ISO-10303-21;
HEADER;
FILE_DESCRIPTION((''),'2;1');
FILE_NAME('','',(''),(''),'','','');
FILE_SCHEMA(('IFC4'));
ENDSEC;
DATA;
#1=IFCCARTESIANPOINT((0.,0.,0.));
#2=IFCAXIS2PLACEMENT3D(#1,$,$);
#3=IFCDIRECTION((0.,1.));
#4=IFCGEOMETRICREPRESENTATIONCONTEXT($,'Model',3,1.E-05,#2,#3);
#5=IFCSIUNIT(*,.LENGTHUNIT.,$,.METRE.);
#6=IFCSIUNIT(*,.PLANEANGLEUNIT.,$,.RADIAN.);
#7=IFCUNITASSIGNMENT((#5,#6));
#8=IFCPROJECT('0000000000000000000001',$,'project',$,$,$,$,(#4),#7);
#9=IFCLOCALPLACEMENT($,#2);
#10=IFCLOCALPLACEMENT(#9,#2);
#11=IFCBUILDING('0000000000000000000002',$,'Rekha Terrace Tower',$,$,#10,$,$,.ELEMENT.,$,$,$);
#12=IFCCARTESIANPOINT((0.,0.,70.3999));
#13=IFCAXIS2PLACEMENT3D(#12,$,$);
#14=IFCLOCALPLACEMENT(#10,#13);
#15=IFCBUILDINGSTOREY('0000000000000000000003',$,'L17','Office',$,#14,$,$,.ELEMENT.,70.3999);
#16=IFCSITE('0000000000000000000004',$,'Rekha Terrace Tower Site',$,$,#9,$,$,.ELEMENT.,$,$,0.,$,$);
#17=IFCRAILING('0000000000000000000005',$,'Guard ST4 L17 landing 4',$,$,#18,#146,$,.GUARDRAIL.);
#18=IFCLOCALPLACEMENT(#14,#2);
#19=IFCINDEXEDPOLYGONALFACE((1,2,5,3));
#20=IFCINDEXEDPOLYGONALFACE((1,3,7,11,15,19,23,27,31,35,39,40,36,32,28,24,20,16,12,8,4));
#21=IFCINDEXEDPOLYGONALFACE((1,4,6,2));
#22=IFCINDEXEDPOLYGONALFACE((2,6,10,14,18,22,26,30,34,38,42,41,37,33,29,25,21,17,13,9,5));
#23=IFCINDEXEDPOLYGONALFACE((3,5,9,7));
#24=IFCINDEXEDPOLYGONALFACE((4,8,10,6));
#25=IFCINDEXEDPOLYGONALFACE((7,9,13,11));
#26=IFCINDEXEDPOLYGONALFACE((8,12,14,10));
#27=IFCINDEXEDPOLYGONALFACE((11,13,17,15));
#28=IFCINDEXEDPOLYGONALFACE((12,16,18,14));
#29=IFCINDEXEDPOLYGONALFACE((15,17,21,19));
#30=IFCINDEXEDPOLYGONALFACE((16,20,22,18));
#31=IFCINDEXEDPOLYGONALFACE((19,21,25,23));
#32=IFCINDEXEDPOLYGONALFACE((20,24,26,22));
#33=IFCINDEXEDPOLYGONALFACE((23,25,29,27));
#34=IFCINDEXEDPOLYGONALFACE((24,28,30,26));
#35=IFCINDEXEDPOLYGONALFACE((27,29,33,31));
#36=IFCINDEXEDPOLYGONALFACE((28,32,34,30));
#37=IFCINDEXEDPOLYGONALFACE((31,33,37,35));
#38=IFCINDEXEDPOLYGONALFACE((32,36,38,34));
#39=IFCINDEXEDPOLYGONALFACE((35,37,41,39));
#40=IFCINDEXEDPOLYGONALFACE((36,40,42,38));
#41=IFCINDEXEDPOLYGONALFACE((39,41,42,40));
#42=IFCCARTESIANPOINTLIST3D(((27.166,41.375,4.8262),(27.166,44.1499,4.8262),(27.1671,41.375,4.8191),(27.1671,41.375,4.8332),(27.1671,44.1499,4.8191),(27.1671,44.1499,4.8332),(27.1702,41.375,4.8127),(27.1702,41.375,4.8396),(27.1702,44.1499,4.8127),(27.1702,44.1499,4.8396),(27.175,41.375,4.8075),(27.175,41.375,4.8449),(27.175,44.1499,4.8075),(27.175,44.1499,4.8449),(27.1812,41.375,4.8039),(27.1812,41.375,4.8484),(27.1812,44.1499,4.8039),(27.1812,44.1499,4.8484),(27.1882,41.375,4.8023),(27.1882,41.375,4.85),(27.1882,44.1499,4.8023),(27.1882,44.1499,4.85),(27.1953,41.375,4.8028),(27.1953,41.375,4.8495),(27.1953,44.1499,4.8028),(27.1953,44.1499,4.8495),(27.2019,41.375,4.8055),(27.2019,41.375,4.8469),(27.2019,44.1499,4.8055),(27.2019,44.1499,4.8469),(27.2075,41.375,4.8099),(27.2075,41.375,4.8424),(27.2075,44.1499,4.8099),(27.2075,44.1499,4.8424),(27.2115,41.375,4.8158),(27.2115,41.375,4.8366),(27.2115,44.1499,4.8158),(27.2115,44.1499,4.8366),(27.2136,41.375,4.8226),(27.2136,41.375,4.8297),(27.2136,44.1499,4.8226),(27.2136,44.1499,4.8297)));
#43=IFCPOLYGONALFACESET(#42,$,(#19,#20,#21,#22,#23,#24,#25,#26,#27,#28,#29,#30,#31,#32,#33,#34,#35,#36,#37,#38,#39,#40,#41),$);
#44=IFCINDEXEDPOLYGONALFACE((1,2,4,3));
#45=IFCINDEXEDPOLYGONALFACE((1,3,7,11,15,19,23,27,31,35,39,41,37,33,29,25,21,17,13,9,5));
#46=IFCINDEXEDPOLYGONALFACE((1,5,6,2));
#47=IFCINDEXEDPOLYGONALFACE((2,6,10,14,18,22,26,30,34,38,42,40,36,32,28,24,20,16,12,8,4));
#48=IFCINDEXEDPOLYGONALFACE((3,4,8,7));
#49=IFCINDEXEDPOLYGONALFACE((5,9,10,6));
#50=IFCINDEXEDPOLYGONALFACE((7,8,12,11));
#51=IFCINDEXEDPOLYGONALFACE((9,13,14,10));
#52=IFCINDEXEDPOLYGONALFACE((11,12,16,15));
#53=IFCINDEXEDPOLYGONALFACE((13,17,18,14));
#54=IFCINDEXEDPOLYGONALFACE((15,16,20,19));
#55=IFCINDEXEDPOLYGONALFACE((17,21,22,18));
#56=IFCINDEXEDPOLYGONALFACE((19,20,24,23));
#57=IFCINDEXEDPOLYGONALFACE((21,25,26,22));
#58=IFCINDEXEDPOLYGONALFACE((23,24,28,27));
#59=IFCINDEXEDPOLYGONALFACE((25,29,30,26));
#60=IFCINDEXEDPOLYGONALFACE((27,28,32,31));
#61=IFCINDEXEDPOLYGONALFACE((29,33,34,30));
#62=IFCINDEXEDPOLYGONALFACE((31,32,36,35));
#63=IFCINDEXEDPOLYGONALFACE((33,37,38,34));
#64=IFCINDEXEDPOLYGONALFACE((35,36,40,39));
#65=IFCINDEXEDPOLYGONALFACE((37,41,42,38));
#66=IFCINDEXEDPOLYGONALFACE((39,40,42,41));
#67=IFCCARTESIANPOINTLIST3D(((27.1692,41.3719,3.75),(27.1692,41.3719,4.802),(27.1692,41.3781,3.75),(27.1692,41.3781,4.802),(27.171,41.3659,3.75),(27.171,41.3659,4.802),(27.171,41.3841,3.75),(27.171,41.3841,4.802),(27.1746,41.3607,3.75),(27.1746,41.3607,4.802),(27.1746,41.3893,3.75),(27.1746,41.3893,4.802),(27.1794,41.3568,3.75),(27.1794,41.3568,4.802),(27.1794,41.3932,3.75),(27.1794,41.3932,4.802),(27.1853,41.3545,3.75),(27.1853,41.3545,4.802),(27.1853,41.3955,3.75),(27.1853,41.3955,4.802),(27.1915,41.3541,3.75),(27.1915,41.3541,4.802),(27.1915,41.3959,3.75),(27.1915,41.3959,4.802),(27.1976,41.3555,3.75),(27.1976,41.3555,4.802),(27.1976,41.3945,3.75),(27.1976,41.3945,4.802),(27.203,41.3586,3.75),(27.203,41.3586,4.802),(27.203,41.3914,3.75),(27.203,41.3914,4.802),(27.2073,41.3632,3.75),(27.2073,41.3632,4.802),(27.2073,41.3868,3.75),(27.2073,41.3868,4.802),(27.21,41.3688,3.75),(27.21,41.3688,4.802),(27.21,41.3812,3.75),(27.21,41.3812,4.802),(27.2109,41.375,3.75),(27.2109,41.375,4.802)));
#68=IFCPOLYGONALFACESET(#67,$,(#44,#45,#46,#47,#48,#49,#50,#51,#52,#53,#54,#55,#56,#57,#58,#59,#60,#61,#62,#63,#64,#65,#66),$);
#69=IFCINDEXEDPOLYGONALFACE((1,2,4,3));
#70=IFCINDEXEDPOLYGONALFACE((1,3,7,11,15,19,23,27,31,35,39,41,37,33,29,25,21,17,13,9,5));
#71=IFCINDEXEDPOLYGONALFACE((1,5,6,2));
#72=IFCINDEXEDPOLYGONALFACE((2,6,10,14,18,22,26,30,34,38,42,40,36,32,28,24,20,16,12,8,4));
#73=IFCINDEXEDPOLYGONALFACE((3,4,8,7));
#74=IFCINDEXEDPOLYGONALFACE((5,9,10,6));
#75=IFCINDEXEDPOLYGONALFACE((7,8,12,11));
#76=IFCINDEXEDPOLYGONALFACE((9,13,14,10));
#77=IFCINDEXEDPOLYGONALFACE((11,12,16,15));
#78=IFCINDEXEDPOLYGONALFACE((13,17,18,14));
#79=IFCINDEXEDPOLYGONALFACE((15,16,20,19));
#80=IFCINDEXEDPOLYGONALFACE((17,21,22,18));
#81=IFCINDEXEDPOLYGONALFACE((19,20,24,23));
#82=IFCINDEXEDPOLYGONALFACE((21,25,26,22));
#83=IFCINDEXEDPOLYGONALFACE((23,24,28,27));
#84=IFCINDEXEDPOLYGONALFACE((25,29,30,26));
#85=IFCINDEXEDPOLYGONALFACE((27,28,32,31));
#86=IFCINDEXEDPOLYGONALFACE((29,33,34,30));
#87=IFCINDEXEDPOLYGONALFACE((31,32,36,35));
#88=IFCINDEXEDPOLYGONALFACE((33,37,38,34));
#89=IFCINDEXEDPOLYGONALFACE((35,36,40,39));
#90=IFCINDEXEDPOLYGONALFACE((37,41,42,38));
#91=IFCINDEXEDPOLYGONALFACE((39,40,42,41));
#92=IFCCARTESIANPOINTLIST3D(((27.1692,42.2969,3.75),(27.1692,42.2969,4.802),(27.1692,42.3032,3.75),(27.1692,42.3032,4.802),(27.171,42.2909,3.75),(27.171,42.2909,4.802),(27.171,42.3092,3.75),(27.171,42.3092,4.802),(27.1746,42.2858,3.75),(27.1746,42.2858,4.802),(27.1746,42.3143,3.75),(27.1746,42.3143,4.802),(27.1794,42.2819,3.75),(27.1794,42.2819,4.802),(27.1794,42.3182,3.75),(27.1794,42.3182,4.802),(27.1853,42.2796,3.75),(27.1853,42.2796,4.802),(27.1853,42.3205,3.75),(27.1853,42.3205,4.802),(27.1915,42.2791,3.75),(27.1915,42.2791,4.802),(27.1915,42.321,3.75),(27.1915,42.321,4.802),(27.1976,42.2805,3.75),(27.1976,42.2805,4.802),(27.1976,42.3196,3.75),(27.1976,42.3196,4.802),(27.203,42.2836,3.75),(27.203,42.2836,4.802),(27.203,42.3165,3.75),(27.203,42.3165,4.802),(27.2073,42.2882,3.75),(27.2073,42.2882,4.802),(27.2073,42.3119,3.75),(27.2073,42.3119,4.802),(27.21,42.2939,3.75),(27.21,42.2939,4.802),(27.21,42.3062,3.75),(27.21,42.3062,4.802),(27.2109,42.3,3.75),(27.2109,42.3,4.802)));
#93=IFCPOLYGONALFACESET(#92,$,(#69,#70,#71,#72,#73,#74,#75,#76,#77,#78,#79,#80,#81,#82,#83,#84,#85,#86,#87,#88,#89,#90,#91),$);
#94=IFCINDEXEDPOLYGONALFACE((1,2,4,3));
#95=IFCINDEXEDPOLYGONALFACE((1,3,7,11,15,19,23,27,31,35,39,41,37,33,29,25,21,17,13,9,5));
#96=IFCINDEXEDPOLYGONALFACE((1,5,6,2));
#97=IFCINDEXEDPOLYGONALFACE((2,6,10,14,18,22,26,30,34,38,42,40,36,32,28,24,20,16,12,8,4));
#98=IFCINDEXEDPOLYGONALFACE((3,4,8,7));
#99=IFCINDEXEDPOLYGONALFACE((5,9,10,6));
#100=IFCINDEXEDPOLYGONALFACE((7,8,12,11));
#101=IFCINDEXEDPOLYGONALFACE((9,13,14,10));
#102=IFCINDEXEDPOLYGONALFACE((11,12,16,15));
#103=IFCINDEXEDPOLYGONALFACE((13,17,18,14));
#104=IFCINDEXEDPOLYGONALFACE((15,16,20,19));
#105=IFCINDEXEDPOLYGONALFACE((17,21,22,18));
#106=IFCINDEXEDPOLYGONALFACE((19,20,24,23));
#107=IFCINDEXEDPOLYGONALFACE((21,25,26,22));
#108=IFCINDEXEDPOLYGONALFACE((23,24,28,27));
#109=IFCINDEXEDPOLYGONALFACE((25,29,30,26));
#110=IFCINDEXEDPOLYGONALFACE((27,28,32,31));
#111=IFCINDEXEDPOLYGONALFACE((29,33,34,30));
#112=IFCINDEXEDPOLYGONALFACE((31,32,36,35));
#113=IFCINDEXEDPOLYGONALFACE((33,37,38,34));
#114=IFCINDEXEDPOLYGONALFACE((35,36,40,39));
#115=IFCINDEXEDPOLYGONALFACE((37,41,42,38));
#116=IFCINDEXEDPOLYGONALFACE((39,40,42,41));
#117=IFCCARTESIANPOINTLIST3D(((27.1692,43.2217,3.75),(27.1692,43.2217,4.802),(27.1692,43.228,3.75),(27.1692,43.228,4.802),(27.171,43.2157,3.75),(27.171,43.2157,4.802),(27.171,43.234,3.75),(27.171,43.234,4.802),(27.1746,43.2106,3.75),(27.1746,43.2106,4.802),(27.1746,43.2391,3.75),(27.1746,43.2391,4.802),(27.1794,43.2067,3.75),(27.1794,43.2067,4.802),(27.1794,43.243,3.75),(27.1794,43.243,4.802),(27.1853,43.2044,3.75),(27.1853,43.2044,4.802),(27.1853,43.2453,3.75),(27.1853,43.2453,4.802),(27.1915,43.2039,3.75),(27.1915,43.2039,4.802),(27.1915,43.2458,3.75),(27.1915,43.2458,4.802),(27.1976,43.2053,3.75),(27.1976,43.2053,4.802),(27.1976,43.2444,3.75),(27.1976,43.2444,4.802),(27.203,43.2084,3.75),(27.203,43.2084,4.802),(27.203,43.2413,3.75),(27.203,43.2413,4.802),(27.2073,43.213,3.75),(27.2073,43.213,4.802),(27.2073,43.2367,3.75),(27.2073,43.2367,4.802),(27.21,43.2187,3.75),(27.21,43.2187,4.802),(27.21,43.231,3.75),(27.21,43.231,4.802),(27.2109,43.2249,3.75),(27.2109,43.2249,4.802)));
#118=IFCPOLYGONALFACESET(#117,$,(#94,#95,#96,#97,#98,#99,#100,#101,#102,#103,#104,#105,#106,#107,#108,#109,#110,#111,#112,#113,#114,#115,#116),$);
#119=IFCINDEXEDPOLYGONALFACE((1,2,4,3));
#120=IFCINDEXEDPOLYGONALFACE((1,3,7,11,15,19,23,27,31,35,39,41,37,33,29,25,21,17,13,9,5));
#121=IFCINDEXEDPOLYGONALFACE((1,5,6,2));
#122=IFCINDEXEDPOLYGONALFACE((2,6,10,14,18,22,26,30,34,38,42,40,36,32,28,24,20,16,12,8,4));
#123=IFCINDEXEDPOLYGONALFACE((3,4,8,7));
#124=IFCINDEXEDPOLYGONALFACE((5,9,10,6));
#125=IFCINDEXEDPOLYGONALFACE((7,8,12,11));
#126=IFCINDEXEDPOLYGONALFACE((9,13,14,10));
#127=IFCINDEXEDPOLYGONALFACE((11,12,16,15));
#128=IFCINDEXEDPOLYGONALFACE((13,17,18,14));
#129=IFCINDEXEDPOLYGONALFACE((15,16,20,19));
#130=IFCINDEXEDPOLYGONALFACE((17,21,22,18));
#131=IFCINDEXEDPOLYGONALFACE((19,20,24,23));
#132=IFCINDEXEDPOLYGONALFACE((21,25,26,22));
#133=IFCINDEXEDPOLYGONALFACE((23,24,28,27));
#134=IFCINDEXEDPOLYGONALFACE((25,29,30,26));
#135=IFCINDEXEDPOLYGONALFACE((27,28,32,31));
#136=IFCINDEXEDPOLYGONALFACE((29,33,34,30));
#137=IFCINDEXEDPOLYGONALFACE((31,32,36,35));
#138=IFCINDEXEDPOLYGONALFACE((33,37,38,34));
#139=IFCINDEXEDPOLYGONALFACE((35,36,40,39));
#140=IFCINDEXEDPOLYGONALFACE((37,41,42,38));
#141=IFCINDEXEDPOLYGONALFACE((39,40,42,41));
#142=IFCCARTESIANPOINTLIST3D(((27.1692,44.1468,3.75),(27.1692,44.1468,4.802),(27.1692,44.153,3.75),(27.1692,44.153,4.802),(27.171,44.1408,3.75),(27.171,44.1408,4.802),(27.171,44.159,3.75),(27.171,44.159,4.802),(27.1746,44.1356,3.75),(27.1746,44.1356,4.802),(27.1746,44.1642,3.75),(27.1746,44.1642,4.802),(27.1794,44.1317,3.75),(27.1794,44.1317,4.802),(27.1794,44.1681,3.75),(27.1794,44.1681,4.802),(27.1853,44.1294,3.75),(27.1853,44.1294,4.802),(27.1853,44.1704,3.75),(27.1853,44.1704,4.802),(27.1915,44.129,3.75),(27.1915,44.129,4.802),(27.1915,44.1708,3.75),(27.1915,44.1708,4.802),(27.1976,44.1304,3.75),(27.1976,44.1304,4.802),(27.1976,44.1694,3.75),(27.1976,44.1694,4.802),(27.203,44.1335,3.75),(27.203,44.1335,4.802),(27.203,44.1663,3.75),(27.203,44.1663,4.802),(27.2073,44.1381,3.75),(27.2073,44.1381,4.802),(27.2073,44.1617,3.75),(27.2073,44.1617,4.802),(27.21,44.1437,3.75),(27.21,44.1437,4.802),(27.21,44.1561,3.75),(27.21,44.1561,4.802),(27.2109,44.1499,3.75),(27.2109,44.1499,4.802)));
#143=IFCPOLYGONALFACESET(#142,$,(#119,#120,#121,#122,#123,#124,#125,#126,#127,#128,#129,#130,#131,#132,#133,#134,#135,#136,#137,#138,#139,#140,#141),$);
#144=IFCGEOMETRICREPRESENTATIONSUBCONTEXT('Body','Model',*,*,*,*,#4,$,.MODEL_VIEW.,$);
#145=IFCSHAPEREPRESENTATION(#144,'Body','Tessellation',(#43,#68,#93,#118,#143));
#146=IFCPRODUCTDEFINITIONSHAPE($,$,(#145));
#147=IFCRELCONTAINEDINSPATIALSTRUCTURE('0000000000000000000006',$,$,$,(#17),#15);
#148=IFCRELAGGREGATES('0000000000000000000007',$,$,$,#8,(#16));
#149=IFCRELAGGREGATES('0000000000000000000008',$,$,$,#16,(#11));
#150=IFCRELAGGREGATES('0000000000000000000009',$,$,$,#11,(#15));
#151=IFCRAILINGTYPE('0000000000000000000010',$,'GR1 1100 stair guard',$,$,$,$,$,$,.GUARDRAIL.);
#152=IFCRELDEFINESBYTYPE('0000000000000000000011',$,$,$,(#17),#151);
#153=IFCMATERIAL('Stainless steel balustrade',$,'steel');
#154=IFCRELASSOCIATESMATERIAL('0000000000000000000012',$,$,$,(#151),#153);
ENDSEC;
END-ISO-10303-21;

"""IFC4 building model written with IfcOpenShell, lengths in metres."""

from ifc_helpers import new_model, si_unit, direction, frame, origin, origin_2d, place, context, subcontext, project, spatial, circle, extrude, material, type_object, element, save


model = new_model("IFC4")

# Units and contexts
model_context = context("Model", 3, precision=1e-05, world=origin(), true_north=direction((0.0, 1.0)))
body_context = subcontext(model_context, "Body", "Model", "MODEL_VIEW")
ifc_project = project(units=[si_unit("LENGTHUNIT", "METRE"), si_unit("PLANEANGLEUNIT", "RADIAN")], contexts=[model_context])

# Site, building, storey
site_placement = place(None, origin())
site = spatial("IfcSite", under=ifc_project, at=site_placement, Name="Rekha Terrace Tower Site", CompositionType="ELEMENT", RefElevation=0.0)
building_placement = place(site_placement, origin())
building = spatial("IfcBuilding", under=site, at=building_placement, Name="Rekha Terrace Tower", CompositionType="ELEMENT")
storey_placement = place(building_placement, frame((0.0, 0.0, 70.3999)))
storey = spatial("IfcBuildingStorey", under=building, at=storey_placement, Name="L17", Description="Office", CompositionType="ELEMENT", Elevation=70.3999)

# Railing
ifc_material_1 = material(Name="Stainless steel balustrade", Category="steel")
railing_type_1 = type_object("IfcRailingType", Name="GR1 1100 stair guard", PredefinedType="GUARDRAIL", material=ifc_material_1)
railing_1_placement = place(storey_placement, frame((27.1899, 41.375, 3.75)))
element("IfcRailing", 1, at=railing_1_placement, inside=storey, type_object=railing_type_1, Name="Guard ST4 L17 landing 4", PredefinedType="GUARDRAIL", context=body_context, shape_type="SweptSolid", body=[
    extrude(circle(Radius=0.0239, at=origin_2d()), frame((0.0, 0.0, 1.0762), z_axis=(0.0, 1.0, 0.0), x_axis=(-1.0, 0.0, 0.0)), (0.0, 0.0, 1.0), 2.7749),
    extrude(circle(Radius=0.021, at=origin_2d()), origin(), (0.0, 0.0, 1.0), 1.052),
    extrude(circle(Radius=0.021, at=origin_2d()), frame((0.0, 0.925, 0.0)), (0.0, 0.0, 1.0), 1.052),
    extrude(circle(Radius=0.021, at=origin_2d()), frame((0.0, 1.8499, 0.0)), (0.0, 0.0, 1.0), 1.052),
    extrude(circle(Radius=0.021, at=origin_2d()), frame((0.0, 2.7749, 0.0)), (0.0, 0.0, 1.0), 1.052),
])

save(model, "model.ifc")
